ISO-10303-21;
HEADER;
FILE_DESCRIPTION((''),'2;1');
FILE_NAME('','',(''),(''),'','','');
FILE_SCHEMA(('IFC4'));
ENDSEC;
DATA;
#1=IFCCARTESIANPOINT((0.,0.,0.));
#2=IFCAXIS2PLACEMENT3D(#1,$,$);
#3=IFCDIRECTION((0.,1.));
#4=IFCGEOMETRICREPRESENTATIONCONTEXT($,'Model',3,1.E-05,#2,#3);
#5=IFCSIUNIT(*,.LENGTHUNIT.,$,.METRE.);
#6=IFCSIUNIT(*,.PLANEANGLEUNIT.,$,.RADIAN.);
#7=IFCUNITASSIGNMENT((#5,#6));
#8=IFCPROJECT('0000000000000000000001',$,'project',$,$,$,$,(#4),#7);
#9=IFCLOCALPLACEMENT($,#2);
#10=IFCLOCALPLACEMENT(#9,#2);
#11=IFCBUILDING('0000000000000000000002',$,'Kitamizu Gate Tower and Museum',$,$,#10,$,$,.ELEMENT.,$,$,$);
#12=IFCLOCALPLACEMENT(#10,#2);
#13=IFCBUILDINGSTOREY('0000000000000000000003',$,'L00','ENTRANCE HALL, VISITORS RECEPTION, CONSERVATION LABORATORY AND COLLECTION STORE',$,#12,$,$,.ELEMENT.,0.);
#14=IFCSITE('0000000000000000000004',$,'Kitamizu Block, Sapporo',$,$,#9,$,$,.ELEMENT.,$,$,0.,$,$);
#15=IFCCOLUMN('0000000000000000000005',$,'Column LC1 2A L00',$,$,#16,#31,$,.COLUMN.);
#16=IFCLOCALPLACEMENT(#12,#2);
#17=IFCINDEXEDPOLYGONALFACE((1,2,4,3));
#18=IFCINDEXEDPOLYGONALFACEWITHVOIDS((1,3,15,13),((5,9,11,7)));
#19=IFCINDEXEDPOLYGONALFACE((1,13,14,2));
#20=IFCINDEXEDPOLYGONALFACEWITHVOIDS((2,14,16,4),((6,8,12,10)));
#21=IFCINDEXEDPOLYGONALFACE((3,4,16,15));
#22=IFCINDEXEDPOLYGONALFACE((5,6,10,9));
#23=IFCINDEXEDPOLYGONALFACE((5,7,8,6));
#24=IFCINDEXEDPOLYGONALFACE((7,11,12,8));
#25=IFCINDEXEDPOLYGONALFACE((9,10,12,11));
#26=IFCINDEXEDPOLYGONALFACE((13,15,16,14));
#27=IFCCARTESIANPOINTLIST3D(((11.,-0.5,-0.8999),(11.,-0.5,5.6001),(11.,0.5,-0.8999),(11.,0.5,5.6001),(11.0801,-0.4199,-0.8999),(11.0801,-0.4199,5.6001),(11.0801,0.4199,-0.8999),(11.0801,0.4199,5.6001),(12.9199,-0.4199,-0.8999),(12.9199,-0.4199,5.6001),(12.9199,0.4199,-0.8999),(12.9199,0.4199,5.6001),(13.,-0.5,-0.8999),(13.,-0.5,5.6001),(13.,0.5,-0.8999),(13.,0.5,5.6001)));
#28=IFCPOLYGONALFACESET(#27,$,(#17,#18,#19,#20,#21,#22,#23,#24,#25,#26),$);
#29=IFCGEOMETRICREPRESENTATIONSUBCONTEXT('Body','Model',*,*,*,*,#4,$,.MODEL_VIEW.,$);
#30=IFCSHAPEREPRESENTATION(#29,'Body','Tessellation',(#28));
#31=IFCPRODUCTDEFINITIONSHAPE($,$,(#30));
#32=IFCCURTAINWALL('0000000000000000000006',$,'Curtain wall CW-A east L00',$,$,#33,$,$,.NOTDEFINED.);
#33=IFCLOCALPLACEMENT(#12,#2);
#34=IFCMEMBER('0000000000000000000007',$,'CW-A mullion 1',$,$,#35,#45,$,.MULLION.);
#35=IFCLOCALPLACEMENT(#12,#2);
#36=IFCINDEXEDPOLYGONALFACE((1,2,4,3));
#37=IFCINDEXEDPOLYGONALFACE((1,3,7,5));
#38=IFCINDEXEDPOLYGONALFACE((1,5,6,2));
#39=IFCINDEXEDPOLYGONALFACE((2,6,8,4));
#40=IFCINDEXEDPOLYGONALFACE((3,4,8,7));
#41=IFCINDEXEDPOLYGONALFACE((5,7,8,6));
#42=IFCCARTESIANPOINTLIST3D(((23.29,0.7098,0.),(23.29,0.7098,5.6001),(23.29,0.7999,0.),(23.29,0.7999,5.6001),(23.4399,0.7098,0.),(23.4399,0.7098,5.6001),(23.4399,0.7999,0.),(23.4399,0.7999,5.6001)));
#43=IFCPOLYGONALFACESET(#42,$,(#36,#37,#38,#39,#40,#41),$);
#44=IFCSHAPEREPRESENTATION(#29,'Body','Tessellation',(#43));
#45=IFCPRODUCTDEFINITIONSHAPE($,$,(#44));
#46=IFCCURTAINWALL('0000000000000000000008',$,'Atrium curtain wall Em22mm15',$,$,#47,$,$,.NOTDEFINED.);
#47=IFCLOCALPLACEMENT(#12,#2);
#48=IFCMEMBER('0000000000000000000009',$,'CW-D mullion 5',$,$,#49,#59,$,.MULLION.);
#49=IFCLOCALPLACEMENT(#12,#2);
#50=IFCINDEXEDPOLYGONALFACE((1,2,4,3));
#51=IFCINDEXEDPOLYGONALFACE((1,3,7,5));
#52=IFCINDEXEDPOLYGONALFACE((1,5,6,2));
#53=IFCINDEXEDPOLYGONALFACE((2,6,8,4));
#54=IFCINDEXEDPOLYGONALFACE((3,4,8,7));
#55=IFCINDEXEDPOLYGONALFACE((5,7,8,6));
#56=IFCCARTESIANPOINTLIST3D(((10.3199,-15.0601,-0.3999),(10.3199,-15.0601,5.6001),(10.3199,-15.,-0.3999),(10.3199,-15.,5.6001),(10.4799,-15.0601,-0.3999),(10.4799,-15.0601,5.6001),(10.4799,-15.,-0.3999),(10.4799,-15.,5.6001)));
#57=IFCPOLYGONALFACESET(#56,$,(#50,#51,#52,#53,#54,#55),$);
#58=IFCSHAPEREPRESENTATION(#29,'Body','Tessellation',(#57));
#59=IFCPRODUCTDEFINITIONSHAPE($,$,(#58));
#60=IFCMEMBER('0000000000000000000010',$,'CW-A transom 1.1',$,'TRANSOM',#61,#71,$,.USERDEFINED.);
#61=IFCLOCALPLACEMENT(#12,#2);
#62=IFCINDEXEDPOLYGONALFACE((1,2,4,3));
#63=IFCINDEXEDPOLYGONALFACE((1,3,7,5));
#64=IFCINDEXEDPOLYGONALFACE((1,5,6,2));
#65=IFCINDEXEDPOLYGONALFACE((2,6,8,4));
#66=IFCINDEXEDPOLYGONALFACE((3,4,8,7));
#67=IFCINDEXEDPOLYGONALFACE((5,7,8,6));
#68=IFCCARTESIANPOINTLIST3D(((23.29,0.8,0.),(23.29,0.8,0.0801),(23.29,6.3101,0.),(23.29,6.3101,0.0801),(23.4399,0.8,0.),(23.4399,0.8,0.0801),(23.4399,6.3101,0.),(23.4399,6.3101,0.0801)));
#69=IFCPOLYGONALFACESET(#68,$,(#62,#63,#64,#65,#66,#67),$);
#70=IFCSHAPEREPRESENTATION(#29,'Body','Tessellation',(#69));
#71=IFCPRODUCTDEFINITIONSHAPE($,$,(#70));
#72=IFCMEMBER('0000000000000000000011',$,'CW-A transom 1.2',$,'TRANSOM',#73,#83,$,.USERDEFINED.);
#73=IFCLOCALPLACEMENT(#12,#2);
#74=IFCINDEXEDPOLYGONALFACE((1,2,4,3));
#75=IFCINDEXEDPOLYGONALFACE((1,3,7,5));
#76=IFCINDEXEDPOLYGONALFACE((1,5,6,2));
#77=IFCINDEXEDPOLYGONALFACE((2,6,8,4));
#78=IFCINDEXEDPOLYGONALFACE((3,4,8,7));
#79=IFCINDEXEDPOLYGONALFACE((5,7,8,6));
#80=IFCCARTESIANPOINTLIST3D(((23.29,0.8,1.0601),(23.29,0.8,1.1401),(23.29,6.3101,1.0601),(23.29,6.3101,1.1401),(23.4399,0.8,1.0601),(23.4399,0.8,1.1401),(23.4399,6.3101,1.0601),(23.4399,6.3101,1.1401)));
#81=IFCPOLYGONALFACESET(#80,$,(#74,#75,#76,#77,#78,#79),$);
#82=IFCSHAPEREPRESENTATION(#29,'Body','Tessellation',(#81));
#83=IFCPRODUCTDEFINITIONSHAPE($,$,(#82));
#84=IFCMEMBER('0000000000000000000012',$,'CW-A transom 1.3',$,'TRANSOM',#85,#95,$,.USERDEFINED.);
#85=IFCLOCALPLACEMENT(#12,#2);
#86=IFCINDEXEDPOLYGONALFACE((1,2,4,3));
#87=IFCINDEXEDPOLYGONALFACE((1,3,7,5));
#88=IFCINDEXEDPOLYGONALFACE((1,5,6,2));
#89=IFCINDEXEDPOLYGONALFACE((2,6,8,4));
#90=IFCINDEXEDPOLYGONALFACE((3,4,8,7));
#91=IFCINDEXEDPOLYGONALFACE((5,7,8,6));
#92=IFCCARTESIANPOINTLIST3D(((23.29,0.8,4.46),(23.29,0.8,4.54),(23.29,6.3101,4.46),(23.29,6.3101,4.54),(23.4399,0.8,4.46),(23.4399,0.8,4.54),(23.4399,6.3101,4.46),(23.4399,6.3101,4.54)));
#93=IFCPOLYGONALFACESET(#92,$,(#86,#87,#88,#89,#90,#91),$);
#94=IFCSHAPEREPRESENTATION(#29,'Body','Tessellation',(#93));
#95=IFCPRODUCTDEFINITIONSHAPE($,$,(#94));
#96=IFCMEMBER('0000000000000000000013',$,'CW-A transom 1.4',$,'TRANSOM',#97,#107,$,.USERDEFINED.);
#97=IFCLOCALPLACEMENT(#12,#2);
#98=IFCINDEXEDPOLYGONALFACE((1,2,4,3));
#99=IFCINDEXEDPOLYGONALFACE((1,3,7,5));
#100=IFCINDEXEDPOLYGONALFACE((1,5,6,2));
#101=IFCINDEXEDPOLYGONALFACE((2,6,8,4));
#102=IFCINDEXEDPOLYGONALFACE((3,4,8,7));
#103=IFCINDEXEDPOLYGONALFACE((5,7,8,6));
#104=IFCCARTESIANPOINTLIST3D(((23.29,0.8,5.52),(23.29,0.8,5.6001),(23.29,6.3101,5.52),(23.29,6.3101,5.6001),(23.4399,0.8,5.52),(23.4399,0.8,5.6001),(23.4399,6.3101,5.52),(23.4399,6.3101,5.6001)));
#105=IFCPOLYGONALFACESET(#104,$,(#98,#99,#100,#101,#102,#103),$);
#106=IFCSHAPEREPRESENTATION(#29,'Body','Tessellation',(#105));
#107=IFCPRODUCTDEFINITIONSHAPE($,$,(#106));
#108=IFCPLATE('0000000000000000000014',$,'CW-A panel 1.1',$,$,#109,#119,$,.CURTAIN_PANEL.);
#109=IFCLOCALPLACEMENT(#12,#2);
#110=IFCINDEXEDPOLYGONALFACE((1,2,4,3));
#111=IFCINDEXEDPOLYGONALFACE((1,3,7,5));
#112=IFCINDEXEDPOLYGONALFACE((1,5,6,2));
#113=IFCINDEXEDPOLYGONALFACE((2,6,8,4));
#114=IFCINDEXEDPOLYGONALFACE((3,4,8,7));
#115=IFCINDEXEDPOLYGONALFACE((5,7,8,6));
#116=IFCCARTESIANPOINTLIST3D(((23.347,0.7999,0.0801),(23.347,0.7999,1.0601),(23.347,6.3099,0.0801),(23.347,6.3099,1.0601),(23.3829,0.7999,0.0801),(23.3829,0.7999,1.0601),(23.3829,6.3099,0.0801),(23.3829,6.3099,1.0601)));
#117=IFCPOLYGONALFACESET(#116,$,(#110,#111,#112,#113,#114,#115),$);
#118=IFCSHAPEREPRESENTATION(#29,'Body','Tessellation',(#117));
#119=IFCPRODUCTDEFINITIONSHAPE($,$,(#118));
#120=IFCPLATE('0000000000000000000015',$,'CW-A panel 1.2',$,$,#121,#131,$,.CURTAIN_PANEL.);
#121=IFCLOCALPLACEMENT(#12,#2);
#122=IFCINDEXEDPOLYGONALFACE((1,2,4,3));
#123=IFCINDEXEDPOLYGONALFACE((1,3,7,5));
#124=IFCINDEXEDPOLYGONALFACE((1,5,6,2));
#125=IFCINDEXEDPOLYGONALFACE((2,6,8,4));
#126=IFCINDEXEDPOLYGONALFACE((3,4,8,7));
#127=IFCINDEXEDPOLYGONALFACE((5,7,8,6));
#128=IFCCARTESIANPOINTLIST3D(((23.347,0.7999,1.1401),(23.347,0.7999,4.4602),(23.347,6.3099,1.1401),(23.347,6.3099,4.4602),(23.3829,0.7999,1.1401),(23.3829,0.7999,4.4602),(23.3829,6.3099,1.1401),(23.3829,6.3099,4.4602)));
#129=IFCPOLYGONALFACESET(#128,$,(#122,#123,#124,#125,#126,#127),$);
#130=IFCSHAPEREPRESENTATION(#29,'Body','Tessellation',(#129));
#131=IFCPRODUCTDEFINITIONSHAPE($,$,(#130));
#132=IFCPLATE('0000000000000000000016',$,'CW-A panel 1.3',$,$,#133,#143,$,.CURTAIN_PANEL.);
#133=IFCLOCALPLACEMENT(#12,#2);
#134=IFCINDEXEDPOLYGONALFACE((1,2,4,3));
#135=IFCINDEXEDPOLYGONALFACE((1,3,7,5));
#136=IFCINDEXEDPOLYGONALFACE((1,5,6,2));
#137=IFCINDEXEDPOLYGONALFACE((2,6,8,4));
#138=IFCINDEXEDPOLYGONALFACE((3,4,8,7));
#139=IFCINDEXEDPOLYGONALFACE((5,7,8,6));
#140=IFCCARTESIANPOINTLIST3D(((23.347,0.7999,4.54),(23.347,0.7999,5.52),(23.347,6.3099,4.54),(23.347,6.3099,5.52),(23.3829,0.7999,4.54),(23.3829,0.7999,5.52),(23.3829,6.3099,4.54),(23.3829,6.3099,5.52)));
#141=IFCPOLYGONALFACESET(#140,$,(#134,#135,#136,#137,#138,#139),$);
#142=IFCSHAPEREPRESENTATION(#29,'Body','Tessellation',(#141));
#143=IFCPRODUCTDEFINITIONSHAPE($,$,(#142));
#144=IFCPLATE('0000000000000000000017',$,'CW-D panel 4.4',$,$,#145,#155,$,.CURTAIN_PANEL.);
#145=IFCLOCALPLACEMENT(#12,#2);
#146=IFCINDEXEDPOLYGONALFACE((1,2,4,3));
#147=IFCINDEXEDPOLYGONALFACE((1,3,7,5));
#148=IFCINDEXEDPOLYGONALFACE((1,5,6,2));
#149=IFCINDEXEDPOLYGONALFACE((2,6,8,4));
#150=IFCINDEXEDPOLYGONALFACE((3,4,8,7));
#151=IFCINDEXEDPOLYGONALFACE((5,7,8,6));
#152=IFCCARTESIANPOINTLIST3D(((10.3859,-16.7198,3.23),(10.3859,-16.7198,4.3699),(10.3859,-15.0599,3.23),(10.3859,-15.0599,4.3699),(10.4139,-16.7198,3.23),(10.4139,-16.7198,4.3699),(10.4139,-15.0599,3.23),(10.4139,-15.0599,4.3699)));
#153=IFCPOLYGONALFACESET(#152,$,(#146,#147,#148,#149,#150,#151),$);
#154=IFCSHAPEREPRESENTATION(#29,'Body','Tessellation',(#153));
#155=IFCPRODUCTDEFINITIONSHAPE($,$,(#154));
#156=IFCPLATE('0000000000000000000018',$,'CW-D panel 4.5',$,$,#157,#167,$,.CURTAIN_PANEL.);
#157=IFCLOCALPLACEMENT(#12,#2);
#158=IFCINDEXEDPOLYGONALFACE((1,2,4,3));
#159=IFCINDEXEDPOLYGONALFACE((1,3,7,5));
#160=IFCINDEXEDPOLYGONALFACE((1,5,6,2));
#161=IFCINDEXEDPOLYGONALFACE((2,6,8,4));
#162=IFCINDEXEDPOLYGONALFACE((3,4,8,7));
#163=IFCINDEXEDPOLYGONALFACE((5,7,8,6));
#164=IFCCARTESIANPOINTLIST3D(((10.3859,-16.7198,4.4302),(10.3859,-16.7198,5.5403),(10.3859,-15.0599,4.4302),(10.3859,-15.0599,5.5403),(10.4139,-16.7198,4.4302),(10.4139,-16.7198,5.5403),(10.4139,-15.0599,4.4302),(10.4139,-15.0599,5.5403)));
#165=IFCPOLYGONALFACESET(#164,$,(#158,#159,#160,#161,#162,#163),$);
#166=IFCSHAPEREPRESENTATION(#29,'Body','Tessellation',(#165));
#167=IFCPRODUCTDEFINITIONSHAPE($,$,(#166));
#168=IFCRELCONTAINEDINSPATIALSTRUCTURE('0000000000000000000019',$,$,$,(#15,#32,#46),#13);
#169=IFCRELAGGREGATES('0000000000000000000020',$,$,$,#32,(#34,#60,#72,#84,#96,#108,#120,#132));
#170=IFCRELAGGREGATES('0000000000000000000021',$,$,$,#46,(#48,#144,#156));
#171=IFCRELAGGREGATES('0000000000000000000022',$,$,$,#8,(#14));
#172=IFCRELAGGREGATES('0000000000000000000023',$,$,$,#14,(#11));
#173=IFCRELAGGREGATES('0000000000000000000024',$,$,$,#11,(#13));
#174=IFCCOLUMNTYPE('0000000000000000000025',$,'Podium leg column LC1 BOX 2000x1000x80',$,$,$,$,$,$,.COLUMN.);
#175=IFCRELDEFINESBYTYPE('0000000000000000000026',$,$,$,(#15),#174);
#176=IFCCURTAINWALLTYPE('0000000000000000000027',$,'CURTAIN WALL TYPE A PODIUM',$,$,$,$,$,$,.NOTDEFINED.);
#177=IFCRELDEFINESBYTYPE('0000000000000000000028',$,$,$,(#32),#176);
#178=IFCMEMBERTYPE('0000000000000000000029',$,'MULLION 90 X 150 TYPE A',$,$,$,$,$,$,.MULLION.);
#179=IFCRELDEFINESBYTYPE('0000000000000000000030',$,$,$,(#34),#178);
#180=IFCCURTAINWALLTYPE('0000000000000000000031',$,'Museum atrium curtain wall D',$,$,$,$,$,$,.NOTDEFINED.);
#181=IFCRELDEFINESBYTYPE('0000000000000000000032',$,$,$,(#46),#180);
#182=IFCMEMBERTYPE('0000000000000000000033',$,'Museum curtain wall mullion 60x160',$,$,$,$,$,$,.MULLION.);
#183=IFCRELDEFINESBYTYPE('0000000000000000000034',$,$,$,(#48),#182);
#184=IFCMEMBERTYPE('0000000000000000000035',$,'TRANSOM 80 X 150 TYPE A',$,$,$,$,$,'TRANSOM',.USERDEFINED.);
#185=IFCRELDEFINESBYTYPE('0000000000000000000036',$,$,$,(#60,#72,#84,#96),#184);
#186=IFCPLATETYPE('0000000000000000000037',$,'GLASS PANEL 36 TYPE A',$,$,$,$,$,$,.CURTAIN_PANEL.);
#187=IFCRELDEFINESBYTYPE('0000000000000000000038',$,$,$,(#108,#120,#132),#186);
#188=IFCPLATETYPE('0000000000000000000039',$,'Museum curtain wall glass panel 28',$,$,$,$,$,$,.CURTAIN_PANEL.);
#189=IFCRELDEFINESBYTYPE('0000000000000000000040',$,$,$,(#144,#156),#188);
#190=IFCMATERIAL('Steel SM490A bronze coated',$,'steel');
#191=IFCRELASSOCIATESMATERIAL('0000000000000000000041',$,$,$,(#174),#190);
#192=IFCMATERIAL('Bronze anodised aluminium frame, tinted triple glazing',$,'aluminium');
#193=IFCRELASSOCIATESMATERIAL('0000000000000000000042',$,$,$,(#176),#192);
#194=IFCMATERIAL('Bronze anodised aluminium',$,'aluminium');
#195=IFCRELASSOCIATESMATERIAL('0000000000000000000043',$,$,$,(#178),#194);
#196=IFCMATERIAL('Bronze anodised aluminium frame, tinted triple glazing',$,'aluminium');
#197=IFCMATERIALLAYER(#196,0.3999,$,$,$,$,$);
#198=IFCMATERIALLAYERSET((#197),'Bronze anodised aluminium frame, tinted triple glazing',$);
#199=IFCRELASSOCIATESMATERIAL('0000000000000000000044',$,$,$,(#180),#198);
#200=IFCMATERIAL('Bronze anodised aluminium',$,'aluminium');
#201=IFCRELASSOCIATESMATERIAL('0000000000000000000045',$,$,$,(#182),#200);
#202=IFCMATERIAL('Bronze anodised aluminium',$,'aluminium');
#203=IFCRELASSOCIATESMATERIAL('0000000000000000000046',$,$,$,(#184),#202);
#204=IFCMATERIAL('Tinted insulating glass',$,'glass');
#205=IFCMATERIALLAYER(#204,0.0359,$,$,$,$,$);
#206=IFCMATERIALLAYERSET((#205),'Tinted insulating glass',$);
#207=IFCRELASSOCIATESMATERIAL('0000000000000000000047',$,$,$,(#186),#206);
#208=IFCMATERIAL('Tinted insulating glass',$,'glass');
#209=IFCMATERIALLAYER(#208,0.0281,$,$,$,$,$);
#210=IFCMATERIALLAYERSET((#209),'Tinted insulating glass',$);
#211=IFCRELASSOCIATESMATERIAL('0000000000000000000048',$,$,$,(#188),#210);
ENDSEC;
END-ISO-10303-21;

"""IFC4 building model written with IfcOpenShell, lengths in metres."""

from ifc_helpers import new_model, si_unit, direction, frame, origin, origin_2d, place, context, subcontext, project, spatial, rectangle, hollow_rectangle, extrude, material, layer, layer_set, material_profile, profile_set, type_object, element, aggregate, save


model = new_model("IFC4")

# Units and contexts
model_context = context("Model", 3, precision=1e-05, world=origin(), true_north=direction((0.0, 1.0)))
body_context = subcontext(model_context, "Body", "Model", "MODEL_VIEW")
ifc_project = project(units=[si_unit("LENGTHUNIT", "METRE"), si_unit("PLANEANGLEUNIT", "RADIAN")], contexts=[model_context])

# Site, building, storey
site_placement = place(None, origin())
site = spatial("IfcSite", under=ifc_project, at=site_placement, Name="Kitamizu Block, Sapporo", CompositionType="ELEMENT", RefElevation=0.0)
building_placement = place(site_placement, origin())
building = spatial("IfcBuilding", under=site, at=building_placement, Name="Kitamizu Gate Tower and Museum", CompositionType="ELEMENT")
storey_placement = place(building_placement, origin())
storey = spatial("IfcBuildingStorey", under=building, at=storey_placement, Name="L00", Description="ENTRANCE HALL, VISITORS RECEPTION, CONSERVATION LABORATORY AND COLLECTION STORE", CompositionType="ELEMENT", Elevation=0.0)

# Column
ifc_material_1 = material(Name="Steel SM490A bronze coated", Category="steel")
ifc_material_profile_1 = material_profile(ifc_material_1, hollow_rectangle(XDim=2.0, YDim=1.0, WallThickness=0.0801, at=origin_2d()), Name="BOX 2000x1000x80")
ifc_profile_set_1 = profile_set([ifc_material_profile_1], Name="Steel SM490A bronze coated")
column_type_1 = type_object("IfcColumnType", Name="Podium leg column LC1 BOX 2000x1000x80", PredefinedType="COLUMN", material=ifc_profile_set_1)
column_placement = place(storey_placement, frame((12.0, 0.0, -0.8999), z_axis=(0.0, 0.0, 1.0), x_axis=(1.0, 0.0, 0.0)))
element("IfcColumn", 1, at=column_placement, inside=storey, type_object=column_type_1, Name="Column LC1 2A L00", PredefinedType="COLUMN", context=body_context, shape_type="SweptSolid", body=[
    extrude(hollow_rectangle(XDim=2.0, YDim=1.0, WallThickness=0.0801, at=origin_2d()), origin(), (0.0, 0.0, 1.0), 6.5),
])

# Curtain walls, members
ifc_material_2 = material(Name="Bronze anodised aluminium frame, tinted triple glazing", Category="aluminium")
curtain_wall_type_1 = type_object("IfcCurtainWallType", Name="CURTAIN WALL TYPE A PODIUM", PredefinedType="NOTDEFINED", material=ifc_material_2)
curtain_wall_1_placement = place(storey_placement, origin())
curtain_wall_1 = element("IfcCurtainWall", 2, at=curtain_wall_1_placement, inside=storey, type_object=curtain_wall_type_1, Name="Curtain wall CW-A east L00", PredefinedType="NOTDEFINED")
ifc_material_3 = material(Name="Bronze anodised aluminium", Category="aluminium")
ifc_material_profile_2 = material_profile(ifc_material_3, rectangle(XDim=0.0901, YDim=0.1499, at=origin_2d()), Name="AL 90X150")
ifc_profile_set_2 = profile_set([ifc_material_profile_2], Name="Bronze anodised aluminium")
member_type_1 = type_object("IfcMemberType", Name="MULLION 90 X 150 TYPE A", PredefinedType="MULLION", material=ifc_profile_set_2)
member_1_placement = place(storey_placement, frame((23.365, 0.7549, 0.0), z_axis=(0.0, 0.0, 1.0), x_axis=(0.0, 1.0, 0.0)))
member_1 = element("IfcMember", 3, at=member_1_placement, type_object=member_type_1, Name="CW-A mullion 1", PredefinedType="MULLION", context=body_context, shape_type="SweptSolid", body=[
    extrude(rectangle(XDim=0.0901, YDim=0.1499, at=origin_2d()), origin(), (0.0, 0.0, 1.0), 5.6001),
])
ifc_material_4 = material(Name="Bronze anodised aluminium frame, tinted triple glazing", Category="aluminium")
ifc_layer_1 = layer(ifc_material_4, 0.3999)
ifc_layer_set_1 = layer_set([ifc_layer_1], Name="Bronze anodised aluminium frame, tinted triple glazing")
curtain_wall_type_2 = type_object("IfcCurtainWallType", Name="Museum atrium curtain wall D", PredefinedType="NOTDEFINED", material=ifc_layer_set_1)
curtain_wall_2_placement = place(storey_placement, origin())
curtain_wall_2 = element("IfcCurtainWall", 4, at=curtain_wall_2_placement, inside=storey, type_object=curtain_wall_type_2, Name="Atrium curtain wall Em22mm15", PredefinedType="NOTDEFINED")
ifc_material_5 = material(Name="Bronze anodised aluminium", Category="aluminium")
ifc_material_profile_3 = material_profile(ifc_material_5, rectangle(XDim=0.0601, YDim=0.1599, at=origin_2d()), Name="60x160")
ifc_profile_set_3 = profile_set([ifc_material_profile_3], Name="Bronze anodised aluminium")
member_type_2 = type_object("IfcMemberType", Name="Museum curtain wall mullion 60x160", PredefinedType="MULLION", material=ifc_profile_set_3)
member_2_placement = place(storey_placement, frame((10.3999, -15.03, -0.3999), z_axis=(0.0, 0.0, 1.0), x_axis=(0.0, 1.0, 0.0)))
member_2 = element("IfcMember", 5, at=member_2_placement, type_object=member_type_2, Name="CW-D mullion 5", PredefinedType="MULLION", context=body_context, shape_type="SweptSolid", body=[
    extrude(rectangle(XDim=0.0601, YDim=0.1599, at=origin_2d()), origin(), (0.0, 0.0, 1.0), 6.0),
])

# Members
ifc_material_6 = material(Name="Bronze anodised aluminium", Category="aluminium")
ifc_material_profile_4 = material_profile(ifc_material_6, rectangle(XDim=0.1499, YDim=0.0801, at=origin_2d()), Name="AL 80X150")
ifc_profile_set_4 = profile_set([ifc_material_profile_4], Name="Bronze anodised aluminium")
member_type_3 = type_object("IfcMemberType", Name="TRANSOM 80 X 150 TYPE A", ElementType="TRANSOM", PredefinedType="USERDEFINED", material=ifc_profile_set_4)
member_3_placement = place(storey_placement, frame((23.365, 0.8, 0.04), z_axis=(0.0, 1.0, 0.0), x_axis=(-1.0, 0.0, 0.0)))
member_3 = element("IfcMember", 6, at=member_3_placement, type_object=member_type_3, Name="CW-A transom 1.1", ObjectType="TRANSOM", PredefinedType="USERDEFINED", context=body_context, shape_type="SweptSolid", body=[
    extrude(rectangle(XDim=0.1499, YDim=0.0801, at=origin_2d()), origin(), (0.0, 0.0, 1.0), 5.51),
])
member_4_placement = place(storey_placement, frame((23.365, 0.8, 1.1001), z_axis=(0.0, 1.0, 0.0), x_axis=(-1.0, 0.0, 0.0)))
member_4 = element("IfcMember", 7, at=member_4_placement, type_object=member_type_3, Name="CW-A transom 1.2", ObjectType="TRANSOM", PredefinedType="USERDEFINED", context=body_context, shape_type="SweptSolid", body=[
    extrude(rectangle(XDim=0.1499, YDim=0.0801, at=origin_2d()), origin(), (0.0, 0.0, 1.0), 5.51),
])
member_5_placement = place(storey_placement, frame((23.365, 0.8, 4.5), z_axis=(0.0, 1.0, 0.0), x_axis=(-1.0, 0.0, 0.0)))
member_5 = element("IfcMember", 8, at=member_5_placement, type_object=member_type_3, Name="CW-A transom 1.3", ObjectType="TRANSOM", PredefinedType="USERDEFINED", context=body_context, shape_type="SweptSolid", body=[
    extrude(rectangle(XDim=0.1499, YDim=0.0801, at=origin_2d()), origin(), (0.0, 0.0, 1.0), 5.51),
])
member_6_placement = place(storey_placement, frame((23.365, 0.8, 5.5601), z_axis=(0.0, 1.0, 0.0), x_axis=(-1.0, 0.0, 0.0)))
member_6 = element("IfcMember", 9, at=member_6_placement, type_object=member_type_3, Name="CW-A transom 1.4", ObjectType="TRANSOM", PredefinedType="USERDEFINED", context=body_context, shape_type="SweptSolid", body=[
    extrude(rectangle(XDim=0.1499, YDim=0.0801, at=origin_2d()), origin(), (0.0, 0.0, 1.0), 5.51),
])

# Plates
ifc_material_7 = material(Name="Tinted insulating glass", Category="glass")
ifc_layer_2 = layer(ifc_material_7, 0.0359)
ifc_layer_set_2 = layer_set([ifc_layer_2], Name="Tinted insulating glass")
plate_type_1 = type_object("IfcPlateType", Name="GLASS PANEL 36 TYPE A", PredefinedType="CURTAIN_PANEL", material=ifc_layer_set_2)
plate_1_placement = place(storey_placement, frame((23.365, 3.5549, 0.0801), z_axis=(0.0, 0.0, 1.0), x_axis=(0.0, 1.0, 0.0)))
plate_1 = element("IfcPlate", 10, at=plate_1_placement, type_object=plate_type_1, Name="CW-A panel 1.1", PredefinedType="CURTAIN_PANEL", context=body_context, shape_type="SweptSolid", body=[
    extrude(rectangle(XDim=5.51, YDim=0.0359, at=origin_2d()), origin(), (0.0, 0.0, 1.0), 0.98),
])
plate_2_placement = place(storey_placement, frame((23.365, 3.5549, 1.1401), z_axis=(0.0, 0.0, 1.0), x_axis=(0.0, 1.0, 0.0)))
plate_2 = element("IfcPlate", 11, at=plate_2_placement, type_object=plate_type_1, Name="CW-A panel 1.2", PredefinedType="CURTAIN_PANEL", context=body_context, shape_type="SweptSolid", body=[
    extrude(rectangle(XDim=5.51, YDim=0.0359, at=origin_2d()), origin(), (0.0, 0.0, 1.0), 3.3201),
])
plate_3_placement = place(storey_placement, frame((23.365, 3.5549, 4.54), z_axis=(0.0, 0.0, 1.0), x_axis=(0.0, 1.0, 0.0)))
plate_3 = element("IfcPlate", 12, at=plate_3_placement, type_object=plate_type_1, Name="CW-A panel 1.3", PredefinedType="CURTAIN_PANEL", context=body_context, shape_type="SweptSolid", body=[
    extrude(rectangle(XDim=5.51, YDim=0.0359, at=origin_2d()), origin(), (0.0, 0.0, 1.0), 0.98),
])
aggregate(curtain_wall_1, [member_1, member_3, member_4, member_5, member_6, plate_1, plate_2, plate_3])
ifc_material_8 = material(Name="Tinted insulating glass", Category="glass")
ifc_layer_3 = layer(ifc_material_8, 0.0281)
ifc_layer_set_3 = layer_set([ifc_layer_3], Name="Tinted insulating glass")
plate_type_2 = type_object("IfcPlateType", Name="Museum curtain wall glass panel 28", PredefinedType="CURTAIN_PANEL", material=ifc_layer_set_3)
plate_4_placement = place(storey_placement, frame((10.3999, -15.8899, 3.23), z_axis=(0.0, 0.0, 1.0), x_axis=(0.0, 1.0, 0.0)))
plate_4 = element("IfcPlate", 13, at=plate_4_placement, type_object=plate_type_2, Name="CW-D panel 4.4", PredefinedType="CURTAIN_PANEL", context=body_context, shape_type="SweptSolid", body=[
    extrude(rectangle(XDim=1.6599, YDim=0.0281, at=origin_2d()), origin(), (0.0, 0.0, 1.0), 1.1399),
])
plate_5_placement = place(storey_placement, frame((10.3999, -15.8899, 4.4302), z_axis=(0.0, 0.0, 1.0), x_axis=(0.0, 1.0, 0.0)))
plate_5 = element("IfcPlate", 14, at=plate_5_placement, type_object=plate_type_2, Name="CW-D panel 4.5", PredefinedType="CURTAIN_PANEL", context=body_context, shape_type="SweptSolid", body=[
    extrude(rectangle(XDim=1.6599, YDim=0.0281, at=origin_2d()), origin(), (0.0, 0.0, 1.0), 1.1101),
])
aggregate(curtain_wall_2, [member_2, plate_4, plate_5])

save(model, "model.ifc")
